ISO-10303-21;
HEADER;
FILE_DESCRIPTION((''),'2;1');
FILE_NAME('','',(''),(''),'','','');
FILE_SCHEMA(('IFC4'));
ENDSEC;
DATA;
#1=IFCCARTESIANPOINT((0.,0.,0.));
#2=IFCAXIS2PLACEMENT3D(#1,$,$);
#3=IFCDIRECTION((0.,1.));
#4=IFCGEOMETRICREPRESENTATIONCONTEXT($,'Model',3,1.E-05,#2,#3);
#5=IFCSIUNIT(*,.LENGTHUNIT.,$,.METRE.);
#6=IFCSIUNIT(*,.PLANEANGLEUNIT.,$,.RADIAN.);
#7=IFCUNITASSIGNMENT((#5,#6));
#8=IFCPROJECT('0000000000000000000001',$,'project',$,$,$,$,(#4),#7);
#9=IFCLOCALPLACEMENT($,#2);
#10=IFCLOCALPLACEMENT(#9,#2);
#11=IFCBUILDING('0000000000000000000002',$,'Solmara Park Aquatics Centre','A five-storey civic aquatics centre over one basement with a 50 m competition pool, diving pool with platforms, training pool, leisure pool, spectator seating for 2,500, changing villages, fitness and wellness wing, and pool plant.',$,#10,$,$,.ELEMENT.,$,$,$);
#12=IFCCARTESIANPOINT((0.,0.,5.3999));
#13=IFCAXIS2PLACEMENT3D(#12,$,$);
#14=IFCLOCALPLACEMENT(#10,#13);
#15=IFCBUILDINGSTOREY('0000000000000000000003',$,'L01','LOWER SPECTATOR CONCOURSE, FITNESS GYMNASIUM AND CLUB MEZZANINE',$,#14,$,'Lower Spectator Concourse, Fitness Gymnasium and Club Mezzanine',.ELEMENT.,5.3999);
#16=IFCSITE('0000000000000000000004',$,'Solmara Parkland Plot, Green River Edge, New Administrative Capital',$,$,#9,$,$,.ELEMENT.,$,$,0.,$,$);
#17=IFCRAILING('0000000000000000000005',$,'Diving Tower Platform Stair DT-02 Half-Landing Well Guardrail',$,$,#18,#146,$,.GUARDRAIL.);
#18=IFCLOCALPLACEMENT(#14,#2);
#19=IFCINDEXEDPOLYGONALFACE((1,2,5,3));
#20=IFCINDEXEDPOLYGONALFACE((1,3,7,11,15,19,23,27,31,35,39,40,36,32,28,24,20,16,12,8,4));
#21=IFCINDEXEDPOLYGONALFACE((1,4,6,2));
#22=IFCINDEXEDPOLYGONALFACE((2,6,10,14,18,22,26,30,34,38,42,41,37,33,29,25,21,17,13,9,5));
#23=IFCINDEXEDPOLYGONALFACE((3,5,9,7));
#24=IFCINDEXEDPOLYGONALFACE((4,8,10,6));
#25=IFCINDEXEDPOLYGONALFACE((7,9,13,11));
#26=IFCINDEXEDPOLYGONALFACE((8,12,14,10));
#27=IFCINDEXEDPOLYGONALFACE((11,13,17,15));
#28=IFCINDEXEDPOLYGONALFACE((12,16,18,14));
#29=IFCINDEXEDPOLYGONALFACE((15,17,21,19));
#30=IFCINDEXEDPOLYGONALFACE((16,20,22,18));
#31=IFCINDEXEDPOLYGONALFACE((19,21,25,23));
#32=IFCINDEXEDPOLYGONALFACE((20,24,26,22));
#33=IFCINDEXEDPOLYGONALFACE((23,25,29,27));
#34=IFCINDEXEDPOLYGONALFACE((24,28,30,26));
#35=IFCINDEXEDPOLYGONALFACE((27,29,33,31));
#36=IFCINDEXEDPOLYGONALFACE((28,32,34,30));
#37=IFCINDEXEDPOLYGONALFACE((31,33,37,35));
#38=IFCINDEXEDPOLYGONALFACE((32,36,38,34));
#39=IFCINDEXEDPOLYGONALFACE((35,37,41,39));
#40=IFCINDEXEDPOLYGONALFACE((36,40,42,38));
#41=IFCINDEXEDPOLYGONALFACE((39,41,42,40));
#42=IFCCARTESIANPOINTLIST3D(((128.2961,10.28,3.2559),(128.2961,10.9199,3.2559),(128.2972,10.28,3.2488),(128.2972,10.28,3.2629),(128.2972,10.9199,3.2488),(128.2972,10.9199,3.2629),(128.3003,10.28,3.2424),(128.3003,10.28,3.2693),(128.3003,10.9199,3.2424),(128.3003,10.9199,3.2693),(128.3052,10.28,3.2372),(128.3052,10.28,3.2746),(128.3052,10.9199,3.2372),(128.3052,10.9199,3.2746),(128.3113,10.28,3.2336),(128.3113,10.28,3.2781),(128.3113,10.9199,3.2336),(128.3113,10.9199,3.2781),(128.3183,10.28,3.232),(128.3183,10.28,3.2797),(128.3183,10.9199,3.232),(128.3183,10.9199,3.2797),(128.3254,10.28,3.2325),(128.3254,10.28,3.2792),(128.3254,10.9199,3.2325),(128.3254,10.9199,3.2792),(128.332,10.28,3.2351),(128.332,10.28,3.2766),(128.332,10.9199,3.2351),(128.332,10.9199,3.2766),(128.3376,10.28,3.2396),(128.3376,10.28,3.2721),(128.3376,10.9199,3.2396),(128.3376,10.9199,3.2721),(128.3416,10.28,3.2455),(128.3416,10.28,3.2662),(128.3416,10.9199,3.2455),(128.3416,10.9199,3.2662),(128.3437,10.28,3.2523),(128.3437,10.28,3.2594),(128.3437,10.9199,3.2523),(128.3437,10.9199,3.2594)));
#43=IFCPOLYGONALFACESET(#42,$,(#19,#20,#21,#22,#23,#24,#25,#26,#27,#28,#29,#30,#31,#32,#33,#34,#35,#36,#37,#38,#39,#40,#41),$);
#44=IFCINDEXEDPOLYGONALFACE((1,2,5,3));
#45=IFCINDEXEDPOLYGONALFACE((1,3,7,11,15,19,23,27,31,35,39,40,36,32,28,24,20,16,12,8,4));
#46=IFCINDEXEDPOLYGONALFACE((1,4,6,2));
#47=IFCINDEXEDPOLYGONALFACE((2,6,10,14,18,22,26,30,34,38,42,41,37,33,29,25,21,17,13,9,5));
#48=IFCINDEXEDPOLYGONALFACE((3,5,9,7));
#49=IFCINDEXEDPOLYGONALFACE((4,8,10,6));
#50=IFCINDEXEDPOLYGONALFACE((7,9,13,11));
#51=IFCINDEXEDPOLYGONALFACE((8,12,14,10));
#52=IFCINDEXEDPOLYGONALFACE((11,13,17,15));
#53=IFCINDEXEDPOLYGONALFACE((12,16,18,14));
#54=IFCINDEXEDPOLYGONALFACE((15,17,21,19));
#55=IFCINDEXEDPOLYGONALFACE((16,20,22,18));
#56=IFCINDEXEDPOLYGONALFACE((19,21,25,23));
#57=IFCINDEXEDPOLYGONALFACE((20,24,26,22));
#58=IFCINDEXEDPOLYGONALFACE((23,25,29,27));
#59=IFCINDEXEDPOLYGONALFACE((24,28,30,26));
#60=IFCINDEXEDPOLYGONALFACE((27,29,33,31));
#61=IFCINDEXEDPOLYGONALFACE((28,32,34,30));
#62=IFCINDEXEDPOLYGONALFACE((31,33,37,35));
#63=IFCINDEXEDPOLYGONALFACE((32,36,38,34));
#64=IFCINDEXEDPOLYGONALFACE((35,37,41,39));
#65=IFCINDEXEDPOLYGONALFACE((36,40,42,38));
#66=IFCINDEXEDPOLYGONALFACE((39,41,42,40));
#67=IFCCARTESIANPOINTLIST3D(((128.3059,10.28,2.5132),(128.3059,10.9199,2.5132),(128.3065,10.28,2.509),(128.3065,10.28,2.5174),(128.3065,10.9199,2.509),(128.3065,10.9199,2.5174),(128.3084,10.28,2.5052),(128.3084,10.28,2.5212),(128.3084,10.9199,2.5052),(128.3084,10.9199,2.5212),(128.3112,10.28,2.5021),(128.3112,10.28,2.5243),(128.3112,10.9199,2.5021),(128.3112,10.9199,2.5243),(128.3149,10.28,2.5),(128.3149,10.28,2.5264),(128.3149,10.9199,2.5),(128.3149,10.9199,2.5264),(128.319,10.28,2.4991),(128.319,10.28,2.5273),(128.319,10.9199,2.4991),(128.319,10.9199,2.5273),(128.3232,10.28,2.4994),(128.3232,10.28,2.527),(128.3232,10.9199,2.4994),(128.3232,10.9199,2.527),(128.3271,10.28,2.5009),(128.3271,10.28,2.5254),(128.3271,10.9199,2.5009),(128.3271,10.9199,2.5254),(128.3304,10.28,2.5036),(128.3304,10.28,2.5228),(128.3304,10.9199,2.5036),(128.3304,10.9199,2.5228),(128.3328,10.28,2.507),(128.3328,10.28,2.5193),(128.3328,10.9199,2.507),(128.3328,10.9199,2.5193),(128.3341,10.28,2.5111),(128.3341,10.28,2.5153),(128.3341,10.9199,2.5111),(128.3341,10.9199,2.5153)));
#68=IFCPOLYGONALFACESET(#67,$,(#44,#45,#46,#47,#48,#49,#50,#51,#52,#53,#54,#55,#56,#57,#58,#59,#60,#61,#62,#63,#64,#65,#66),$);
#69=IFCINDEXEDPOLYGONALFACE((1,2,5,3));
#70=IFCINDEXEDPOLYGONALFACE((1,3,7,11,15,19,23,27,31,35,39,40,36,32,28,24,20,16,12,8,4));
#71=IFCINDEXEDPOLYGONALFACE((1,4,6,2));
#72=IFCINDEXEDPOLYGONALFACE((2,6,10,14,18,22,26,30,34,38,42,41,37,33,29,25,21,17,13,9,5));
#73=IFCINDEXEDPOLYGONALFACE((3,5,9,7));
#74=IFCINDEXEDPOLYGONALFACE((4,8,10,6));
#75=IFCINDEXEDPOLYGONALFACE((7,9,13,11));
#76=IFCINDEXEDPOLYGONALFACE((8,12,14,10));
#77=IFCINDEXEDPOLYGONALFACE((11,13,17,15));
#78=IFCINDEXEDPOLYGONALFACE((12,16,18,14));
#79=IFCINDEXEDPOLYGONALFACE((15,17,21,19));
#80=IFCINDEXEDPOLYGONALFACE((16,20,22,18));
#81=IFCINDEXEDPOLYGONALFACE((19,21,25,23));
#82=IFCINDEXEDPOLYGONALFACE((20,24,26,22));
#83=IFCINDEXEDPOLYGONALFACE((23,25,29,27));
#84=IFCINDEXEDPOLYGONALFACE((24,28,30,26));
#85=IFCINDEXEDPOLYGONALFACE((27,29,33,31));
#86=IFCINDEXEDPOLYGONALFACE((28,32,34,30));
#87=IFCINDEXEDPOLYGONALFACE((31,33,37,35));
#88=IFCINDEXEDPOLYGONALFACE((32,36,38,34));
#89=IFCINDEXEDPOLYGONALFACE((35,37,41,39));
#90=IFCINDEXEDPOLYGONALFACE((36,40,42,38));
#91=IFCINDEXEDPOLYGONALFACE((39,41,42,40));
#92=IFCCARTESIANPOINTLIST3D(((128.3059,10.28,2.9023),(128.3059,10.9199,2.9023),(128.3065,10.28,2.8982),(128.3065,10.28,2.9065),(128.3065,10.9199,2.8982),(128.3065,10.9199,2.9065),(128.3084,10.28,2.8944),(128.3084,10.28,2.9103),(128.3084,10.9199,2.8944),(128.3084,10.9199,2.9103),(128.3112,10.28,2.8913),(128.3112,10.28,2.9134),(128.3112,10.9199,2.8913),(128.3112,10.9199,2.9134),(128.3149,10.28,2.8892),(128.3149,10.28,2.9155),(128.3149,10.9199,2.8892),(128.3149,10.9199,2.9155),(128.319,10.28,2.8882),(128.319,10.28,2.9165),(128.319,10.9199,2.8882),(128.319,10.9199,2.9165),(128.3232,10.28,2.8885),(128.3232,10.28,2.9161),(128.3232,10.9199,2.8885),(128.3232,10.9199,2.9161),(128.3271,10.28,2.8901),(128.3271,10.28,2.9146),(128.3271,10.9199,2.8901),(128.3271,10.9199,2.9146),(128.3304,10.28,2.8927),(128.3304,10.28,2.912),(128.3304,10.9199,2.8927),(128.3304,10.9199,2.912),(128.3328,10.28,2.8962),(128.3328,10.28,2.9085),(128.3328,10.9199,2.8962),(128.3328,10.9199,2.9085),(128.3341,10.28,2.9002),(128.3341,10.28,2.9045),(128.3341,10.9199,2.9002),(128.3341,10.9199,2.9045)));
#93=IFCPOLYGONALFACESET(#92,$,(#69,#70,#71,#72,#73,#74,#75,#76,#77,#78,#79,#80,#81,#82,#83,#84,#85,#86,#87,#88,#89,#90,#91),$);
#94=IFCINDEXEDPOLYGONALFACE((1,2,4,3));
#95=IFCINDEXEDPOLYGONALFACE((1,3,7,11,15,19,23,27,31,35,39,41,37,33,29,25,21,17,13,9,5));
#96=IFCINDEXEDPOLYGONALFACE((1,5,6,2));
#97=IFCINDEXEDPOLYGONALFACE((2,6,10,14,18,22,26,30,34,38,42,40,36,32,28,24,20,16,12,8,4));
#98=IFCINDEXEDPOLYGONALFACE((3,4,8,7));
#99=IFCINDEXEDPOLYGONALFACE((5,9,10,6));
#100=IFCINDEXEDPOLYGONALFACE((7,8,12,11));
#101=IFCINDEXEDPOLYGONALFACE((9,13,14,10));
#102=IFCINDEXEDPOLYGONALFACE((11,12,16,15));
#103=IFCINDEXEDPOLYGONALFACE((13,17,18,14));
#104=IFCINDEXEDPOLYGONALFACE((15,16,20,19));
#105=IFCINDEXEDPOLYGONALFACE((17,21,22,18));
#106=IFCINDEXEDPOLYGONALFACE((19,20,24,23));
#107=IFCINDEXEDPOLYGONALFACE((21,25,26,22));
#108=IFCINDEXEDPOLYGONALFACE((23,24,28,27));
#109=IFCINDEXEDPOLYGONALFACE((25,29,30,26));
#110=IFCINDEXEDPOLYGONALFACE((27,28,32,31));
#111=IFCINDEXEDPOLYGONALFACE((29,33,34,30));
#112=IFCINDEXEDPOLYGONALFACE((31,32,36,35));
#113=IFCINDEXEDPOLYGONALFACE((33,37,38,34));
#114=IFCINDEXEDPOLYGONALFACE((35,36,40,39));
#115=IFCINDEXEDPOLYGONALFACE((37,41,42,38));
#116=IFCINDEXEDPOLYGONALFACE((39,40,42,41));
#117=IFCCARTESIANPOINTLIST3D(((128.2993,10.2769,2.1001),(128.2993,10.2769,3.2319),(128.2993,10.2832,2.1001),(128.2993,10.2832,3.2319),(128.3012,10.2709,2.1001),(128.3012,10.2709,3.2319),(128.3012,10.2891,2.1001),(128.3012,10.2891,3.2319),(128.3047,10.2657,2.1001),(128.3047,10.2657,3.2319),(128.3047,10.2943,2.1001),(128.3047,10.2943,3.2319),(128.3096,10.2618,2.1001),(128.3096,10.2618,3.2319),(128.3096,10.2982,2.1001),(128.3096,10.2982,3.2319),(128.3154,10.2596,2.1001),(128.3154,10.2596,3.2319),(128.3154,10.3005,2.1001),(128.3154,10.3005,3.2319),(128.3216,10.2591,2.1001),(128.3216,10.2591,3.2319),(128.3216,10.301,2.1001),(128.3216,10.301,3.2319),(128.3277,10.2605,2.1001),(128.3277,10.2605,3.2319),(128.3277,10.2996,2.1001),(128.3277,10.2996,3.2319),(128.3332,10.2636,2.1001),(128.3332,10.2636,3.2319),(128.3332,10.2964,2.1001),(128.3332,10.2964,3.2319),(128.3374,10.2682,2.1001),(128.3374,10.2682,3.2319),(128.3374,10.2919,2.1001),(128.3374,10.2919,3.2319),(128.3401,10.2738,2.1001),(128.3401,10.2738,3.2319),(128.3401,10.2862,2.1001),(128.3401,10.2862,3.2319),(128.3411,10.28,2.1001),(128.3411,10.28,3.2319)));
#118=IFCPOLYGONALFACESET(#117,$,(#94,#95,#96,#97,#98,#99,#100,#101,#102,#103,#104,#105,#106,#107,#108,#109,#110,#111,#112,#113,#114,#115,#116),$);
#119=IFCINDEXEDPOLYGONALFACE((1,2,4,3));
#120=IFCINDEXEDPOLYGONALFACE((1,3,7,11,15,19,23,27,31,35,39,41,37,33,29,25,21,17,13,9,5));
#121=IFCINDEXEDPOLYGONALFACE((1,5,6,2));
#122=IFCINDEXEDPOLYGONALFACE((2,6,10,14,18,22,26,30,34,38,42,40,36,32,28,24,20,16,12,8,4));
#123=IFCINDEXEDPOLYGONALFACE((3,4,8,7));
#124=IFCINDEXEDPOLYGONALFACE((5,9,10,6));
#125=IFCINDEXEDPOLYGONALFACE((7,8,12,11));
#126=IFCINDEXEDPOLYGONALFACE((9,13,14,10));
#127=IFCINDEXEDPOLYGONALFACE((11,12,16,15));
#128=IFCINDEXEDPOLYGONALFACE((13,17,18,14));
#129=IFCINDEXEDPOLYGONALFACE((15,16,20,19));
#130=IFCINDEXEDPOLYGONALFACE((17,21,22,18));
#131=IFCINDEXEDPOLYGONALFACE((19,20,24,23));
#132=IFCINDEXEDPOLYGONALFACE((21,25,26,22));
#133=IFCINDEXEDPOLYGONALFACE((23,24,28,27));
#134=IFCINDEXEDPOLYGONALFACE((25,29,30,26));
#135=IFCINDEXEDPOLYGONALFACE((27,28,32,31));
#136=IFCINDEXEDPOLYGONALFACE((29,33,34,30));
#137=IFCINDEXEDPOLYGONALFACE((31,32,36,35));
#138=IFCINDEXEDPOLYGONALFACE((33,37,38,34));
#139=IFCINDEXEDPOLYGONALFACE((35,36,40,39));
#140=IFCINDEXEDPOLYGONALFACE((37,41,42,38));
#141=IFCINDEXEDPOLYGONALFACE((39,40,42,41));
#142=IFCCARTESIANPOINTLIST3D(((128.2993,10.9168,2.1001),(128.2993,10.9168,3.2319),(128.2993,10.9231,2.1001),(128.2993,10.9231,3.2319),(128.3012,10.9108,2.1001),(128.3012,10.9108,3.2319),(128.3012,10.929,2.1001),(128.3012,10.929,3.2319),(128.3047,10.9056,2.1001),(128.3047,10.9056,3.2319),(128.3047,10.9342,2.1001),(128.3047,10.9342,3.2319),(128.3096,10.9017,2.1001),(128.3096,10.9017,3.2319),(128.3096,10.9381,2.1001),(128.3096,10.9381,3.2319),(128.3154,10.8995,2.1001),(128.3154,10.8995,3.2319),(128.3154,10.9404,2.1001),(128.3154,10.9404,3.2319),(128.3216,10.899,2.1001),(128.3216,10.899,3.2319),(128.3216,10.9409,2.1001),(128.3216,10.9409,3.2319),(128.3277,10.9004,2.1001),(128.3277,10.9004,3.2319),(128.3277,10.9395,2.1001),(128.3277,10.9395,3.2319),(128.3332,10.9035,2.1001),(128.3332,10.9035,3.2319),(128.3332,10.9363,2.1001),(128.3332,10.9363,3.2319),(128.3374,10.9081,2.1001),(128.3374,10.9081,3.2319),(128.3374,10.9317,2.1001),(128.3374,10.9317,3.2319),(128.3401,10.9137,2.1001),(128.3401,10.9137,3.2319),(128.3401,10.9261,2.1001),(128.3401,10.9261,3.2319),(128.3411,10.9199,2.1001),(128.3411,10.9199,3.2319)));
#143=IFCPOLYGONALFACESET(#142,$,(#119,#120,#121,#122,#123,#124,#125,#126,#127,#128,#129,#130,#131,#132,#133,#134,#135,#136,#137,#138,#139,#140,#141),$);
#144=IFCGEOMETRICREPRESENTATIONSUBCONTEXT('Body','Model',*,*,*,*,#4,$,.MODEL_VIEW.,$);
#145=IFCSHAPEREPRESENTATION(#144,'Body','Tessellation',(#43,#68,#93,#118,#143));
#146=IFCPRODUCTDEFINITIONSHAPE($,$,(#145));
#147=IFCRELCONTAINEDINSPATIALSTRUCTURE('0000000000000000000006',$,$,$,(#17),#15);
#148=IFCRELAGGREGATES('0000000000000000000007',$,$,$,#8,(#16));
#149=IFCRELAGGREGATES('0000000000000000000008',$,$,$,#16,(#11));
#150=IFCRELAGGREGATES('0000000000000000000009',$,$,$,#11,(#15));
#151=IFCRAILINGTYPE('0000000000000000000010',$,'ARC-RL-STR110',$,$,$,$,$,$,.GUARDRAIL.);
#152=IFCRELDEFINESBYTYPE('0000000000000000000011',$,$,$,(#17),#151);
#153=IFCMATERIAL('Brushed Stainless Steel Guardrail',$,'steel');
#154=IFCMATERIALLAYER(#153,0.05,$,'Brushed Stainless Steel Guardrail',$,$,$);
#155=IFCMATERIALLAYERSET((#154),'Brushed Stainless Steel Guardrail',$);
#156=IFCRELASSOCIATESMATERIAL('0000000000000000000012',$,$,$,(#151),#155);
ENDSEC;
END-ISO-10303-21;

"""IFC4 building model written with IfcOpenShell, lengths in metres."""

from ifc_helpers import new_model, si_unit, direction, frame, origin, origin_2d, place, context, subcontext, project, spatial, circle, extrude, material, layer, layer_set, type_object, element, save


model = new_model("IFC4")

# Units and contexts
model_context = context("Model", 3, precision=1e-05, world=origin(), true_north=direction((0.0, 1.0)))
body_context = subcontext(model_context, "Body", "Model", "MODEL_VIEW")
ifc_project = project(units=[si_unit("LENGTHUNIT", "METRE"), si_unit("PLANEANGLEUNIT", "RADIAN")], contexts=[model_context])

# Site, building, storey
site_placement = place(None, origin())
site = spatial("IfcSite", under=ifc_project, at=site_placement, Name="Solmara Parkland Plot, Green River Edge, New Administrative Capital", CompositionType="ELEMENT", RefElevation=0.0)
building_placement = place(site_placement, origin())
building = spatial("IfcBuilding", under=site, at=building_placement, Name="Solmara Park Aquatics Centre", Description="A five-storey civic aquatics centre over one basement with a 50 m competition pool, diving pool with platforms, training pool, leisure pool, spectator seating for 2,500, changing villages, fitness and wellness wing, and pool plant.", CompositionType="ELEMENT")
storey_placement = place(building_placement, frame((0.0, 0.0, 5.3999)))
storey = spatial("IfcBuildingStorey", under=building, at=storey_placement, Name="L01", Description="LOWER SPECTATOR CONCOURSE, FITNESS GYMNASIUM AND CLUB MEZZANINE", LongName="Lower Spectator Concourse, Fitness Gymnasium and Club Mezzanine", CompositionType="ELEMENT", Elevation=5.3999)

# Railing
ifc_material_1 = material(Name="Brushed Stainless Steel Guardrail", Category="steel")
ifc_layer_1 = layer(ifc_material_1, 0.05, Name="Brushed Stainless Steel Guardrail")
ifc_layer_set_1 = layer_set([ifc_layer_1], Name="Brushed Stainless Steel Guardrail")
railing_type_1 = type_object("IfcRailingType", Name="ARC-RL-STR110", PredefinedType="GUARDRAIL", material=ifc_layer_set_1)
railing_1_placement = place(storey_placement, frame((128.3201, 10.28, 2.1001)))
element("IfcRailing", 1, at=railing_1_placement, inside=storey, type_object=railing_type_1, Name="Diving Tower Platform Stair DT-02 Half-Landing Well Guardrail", PredefinedType="GUARDRAIL", context=body_context, shape_type="SweptSolid", body=[
    extrude(circle(Radius=0.0239, at=origin_2d()), frame((0.0, 0.0, 1.1558), z_axis=(0.0, 1.0, 0.0), x_axis=(-1.0, 0.0, 0.0)), (0.0, 0.0, 1.0), 0.6399),
    extrude(circle(Radius=0.0142, at=origin_2d()), frame((0.0, 0.0, 0.4131), z_axis=(0.0, 1.0, 0.0), x_axis=(-1.0, 0.0, 0.0)), (0.0, 0.0, 1.0), 0.6399),
    extrude(circle(Radius=0.0142, at=origin_2d()), frame((0.0, 0.0, 0.8022), z_axis=(0.0, 1.0, 0.0), x_axis=(-1.0, 0.0, 0.0)), (0.0, 0.0, 1.0), 0.6399),
    extrude(circle(Radius=0.021, at=origin_2d()), origin(), (0.0, 0.0, 1.0), 1.1318),
    extrude(circle(Radius=0.021, at=origin_2d()), frame((0.0, 0.6399, 0.0)), (0.0, 0.0, 1.0), 1.1318),
])

save(model, "model.ifc")
